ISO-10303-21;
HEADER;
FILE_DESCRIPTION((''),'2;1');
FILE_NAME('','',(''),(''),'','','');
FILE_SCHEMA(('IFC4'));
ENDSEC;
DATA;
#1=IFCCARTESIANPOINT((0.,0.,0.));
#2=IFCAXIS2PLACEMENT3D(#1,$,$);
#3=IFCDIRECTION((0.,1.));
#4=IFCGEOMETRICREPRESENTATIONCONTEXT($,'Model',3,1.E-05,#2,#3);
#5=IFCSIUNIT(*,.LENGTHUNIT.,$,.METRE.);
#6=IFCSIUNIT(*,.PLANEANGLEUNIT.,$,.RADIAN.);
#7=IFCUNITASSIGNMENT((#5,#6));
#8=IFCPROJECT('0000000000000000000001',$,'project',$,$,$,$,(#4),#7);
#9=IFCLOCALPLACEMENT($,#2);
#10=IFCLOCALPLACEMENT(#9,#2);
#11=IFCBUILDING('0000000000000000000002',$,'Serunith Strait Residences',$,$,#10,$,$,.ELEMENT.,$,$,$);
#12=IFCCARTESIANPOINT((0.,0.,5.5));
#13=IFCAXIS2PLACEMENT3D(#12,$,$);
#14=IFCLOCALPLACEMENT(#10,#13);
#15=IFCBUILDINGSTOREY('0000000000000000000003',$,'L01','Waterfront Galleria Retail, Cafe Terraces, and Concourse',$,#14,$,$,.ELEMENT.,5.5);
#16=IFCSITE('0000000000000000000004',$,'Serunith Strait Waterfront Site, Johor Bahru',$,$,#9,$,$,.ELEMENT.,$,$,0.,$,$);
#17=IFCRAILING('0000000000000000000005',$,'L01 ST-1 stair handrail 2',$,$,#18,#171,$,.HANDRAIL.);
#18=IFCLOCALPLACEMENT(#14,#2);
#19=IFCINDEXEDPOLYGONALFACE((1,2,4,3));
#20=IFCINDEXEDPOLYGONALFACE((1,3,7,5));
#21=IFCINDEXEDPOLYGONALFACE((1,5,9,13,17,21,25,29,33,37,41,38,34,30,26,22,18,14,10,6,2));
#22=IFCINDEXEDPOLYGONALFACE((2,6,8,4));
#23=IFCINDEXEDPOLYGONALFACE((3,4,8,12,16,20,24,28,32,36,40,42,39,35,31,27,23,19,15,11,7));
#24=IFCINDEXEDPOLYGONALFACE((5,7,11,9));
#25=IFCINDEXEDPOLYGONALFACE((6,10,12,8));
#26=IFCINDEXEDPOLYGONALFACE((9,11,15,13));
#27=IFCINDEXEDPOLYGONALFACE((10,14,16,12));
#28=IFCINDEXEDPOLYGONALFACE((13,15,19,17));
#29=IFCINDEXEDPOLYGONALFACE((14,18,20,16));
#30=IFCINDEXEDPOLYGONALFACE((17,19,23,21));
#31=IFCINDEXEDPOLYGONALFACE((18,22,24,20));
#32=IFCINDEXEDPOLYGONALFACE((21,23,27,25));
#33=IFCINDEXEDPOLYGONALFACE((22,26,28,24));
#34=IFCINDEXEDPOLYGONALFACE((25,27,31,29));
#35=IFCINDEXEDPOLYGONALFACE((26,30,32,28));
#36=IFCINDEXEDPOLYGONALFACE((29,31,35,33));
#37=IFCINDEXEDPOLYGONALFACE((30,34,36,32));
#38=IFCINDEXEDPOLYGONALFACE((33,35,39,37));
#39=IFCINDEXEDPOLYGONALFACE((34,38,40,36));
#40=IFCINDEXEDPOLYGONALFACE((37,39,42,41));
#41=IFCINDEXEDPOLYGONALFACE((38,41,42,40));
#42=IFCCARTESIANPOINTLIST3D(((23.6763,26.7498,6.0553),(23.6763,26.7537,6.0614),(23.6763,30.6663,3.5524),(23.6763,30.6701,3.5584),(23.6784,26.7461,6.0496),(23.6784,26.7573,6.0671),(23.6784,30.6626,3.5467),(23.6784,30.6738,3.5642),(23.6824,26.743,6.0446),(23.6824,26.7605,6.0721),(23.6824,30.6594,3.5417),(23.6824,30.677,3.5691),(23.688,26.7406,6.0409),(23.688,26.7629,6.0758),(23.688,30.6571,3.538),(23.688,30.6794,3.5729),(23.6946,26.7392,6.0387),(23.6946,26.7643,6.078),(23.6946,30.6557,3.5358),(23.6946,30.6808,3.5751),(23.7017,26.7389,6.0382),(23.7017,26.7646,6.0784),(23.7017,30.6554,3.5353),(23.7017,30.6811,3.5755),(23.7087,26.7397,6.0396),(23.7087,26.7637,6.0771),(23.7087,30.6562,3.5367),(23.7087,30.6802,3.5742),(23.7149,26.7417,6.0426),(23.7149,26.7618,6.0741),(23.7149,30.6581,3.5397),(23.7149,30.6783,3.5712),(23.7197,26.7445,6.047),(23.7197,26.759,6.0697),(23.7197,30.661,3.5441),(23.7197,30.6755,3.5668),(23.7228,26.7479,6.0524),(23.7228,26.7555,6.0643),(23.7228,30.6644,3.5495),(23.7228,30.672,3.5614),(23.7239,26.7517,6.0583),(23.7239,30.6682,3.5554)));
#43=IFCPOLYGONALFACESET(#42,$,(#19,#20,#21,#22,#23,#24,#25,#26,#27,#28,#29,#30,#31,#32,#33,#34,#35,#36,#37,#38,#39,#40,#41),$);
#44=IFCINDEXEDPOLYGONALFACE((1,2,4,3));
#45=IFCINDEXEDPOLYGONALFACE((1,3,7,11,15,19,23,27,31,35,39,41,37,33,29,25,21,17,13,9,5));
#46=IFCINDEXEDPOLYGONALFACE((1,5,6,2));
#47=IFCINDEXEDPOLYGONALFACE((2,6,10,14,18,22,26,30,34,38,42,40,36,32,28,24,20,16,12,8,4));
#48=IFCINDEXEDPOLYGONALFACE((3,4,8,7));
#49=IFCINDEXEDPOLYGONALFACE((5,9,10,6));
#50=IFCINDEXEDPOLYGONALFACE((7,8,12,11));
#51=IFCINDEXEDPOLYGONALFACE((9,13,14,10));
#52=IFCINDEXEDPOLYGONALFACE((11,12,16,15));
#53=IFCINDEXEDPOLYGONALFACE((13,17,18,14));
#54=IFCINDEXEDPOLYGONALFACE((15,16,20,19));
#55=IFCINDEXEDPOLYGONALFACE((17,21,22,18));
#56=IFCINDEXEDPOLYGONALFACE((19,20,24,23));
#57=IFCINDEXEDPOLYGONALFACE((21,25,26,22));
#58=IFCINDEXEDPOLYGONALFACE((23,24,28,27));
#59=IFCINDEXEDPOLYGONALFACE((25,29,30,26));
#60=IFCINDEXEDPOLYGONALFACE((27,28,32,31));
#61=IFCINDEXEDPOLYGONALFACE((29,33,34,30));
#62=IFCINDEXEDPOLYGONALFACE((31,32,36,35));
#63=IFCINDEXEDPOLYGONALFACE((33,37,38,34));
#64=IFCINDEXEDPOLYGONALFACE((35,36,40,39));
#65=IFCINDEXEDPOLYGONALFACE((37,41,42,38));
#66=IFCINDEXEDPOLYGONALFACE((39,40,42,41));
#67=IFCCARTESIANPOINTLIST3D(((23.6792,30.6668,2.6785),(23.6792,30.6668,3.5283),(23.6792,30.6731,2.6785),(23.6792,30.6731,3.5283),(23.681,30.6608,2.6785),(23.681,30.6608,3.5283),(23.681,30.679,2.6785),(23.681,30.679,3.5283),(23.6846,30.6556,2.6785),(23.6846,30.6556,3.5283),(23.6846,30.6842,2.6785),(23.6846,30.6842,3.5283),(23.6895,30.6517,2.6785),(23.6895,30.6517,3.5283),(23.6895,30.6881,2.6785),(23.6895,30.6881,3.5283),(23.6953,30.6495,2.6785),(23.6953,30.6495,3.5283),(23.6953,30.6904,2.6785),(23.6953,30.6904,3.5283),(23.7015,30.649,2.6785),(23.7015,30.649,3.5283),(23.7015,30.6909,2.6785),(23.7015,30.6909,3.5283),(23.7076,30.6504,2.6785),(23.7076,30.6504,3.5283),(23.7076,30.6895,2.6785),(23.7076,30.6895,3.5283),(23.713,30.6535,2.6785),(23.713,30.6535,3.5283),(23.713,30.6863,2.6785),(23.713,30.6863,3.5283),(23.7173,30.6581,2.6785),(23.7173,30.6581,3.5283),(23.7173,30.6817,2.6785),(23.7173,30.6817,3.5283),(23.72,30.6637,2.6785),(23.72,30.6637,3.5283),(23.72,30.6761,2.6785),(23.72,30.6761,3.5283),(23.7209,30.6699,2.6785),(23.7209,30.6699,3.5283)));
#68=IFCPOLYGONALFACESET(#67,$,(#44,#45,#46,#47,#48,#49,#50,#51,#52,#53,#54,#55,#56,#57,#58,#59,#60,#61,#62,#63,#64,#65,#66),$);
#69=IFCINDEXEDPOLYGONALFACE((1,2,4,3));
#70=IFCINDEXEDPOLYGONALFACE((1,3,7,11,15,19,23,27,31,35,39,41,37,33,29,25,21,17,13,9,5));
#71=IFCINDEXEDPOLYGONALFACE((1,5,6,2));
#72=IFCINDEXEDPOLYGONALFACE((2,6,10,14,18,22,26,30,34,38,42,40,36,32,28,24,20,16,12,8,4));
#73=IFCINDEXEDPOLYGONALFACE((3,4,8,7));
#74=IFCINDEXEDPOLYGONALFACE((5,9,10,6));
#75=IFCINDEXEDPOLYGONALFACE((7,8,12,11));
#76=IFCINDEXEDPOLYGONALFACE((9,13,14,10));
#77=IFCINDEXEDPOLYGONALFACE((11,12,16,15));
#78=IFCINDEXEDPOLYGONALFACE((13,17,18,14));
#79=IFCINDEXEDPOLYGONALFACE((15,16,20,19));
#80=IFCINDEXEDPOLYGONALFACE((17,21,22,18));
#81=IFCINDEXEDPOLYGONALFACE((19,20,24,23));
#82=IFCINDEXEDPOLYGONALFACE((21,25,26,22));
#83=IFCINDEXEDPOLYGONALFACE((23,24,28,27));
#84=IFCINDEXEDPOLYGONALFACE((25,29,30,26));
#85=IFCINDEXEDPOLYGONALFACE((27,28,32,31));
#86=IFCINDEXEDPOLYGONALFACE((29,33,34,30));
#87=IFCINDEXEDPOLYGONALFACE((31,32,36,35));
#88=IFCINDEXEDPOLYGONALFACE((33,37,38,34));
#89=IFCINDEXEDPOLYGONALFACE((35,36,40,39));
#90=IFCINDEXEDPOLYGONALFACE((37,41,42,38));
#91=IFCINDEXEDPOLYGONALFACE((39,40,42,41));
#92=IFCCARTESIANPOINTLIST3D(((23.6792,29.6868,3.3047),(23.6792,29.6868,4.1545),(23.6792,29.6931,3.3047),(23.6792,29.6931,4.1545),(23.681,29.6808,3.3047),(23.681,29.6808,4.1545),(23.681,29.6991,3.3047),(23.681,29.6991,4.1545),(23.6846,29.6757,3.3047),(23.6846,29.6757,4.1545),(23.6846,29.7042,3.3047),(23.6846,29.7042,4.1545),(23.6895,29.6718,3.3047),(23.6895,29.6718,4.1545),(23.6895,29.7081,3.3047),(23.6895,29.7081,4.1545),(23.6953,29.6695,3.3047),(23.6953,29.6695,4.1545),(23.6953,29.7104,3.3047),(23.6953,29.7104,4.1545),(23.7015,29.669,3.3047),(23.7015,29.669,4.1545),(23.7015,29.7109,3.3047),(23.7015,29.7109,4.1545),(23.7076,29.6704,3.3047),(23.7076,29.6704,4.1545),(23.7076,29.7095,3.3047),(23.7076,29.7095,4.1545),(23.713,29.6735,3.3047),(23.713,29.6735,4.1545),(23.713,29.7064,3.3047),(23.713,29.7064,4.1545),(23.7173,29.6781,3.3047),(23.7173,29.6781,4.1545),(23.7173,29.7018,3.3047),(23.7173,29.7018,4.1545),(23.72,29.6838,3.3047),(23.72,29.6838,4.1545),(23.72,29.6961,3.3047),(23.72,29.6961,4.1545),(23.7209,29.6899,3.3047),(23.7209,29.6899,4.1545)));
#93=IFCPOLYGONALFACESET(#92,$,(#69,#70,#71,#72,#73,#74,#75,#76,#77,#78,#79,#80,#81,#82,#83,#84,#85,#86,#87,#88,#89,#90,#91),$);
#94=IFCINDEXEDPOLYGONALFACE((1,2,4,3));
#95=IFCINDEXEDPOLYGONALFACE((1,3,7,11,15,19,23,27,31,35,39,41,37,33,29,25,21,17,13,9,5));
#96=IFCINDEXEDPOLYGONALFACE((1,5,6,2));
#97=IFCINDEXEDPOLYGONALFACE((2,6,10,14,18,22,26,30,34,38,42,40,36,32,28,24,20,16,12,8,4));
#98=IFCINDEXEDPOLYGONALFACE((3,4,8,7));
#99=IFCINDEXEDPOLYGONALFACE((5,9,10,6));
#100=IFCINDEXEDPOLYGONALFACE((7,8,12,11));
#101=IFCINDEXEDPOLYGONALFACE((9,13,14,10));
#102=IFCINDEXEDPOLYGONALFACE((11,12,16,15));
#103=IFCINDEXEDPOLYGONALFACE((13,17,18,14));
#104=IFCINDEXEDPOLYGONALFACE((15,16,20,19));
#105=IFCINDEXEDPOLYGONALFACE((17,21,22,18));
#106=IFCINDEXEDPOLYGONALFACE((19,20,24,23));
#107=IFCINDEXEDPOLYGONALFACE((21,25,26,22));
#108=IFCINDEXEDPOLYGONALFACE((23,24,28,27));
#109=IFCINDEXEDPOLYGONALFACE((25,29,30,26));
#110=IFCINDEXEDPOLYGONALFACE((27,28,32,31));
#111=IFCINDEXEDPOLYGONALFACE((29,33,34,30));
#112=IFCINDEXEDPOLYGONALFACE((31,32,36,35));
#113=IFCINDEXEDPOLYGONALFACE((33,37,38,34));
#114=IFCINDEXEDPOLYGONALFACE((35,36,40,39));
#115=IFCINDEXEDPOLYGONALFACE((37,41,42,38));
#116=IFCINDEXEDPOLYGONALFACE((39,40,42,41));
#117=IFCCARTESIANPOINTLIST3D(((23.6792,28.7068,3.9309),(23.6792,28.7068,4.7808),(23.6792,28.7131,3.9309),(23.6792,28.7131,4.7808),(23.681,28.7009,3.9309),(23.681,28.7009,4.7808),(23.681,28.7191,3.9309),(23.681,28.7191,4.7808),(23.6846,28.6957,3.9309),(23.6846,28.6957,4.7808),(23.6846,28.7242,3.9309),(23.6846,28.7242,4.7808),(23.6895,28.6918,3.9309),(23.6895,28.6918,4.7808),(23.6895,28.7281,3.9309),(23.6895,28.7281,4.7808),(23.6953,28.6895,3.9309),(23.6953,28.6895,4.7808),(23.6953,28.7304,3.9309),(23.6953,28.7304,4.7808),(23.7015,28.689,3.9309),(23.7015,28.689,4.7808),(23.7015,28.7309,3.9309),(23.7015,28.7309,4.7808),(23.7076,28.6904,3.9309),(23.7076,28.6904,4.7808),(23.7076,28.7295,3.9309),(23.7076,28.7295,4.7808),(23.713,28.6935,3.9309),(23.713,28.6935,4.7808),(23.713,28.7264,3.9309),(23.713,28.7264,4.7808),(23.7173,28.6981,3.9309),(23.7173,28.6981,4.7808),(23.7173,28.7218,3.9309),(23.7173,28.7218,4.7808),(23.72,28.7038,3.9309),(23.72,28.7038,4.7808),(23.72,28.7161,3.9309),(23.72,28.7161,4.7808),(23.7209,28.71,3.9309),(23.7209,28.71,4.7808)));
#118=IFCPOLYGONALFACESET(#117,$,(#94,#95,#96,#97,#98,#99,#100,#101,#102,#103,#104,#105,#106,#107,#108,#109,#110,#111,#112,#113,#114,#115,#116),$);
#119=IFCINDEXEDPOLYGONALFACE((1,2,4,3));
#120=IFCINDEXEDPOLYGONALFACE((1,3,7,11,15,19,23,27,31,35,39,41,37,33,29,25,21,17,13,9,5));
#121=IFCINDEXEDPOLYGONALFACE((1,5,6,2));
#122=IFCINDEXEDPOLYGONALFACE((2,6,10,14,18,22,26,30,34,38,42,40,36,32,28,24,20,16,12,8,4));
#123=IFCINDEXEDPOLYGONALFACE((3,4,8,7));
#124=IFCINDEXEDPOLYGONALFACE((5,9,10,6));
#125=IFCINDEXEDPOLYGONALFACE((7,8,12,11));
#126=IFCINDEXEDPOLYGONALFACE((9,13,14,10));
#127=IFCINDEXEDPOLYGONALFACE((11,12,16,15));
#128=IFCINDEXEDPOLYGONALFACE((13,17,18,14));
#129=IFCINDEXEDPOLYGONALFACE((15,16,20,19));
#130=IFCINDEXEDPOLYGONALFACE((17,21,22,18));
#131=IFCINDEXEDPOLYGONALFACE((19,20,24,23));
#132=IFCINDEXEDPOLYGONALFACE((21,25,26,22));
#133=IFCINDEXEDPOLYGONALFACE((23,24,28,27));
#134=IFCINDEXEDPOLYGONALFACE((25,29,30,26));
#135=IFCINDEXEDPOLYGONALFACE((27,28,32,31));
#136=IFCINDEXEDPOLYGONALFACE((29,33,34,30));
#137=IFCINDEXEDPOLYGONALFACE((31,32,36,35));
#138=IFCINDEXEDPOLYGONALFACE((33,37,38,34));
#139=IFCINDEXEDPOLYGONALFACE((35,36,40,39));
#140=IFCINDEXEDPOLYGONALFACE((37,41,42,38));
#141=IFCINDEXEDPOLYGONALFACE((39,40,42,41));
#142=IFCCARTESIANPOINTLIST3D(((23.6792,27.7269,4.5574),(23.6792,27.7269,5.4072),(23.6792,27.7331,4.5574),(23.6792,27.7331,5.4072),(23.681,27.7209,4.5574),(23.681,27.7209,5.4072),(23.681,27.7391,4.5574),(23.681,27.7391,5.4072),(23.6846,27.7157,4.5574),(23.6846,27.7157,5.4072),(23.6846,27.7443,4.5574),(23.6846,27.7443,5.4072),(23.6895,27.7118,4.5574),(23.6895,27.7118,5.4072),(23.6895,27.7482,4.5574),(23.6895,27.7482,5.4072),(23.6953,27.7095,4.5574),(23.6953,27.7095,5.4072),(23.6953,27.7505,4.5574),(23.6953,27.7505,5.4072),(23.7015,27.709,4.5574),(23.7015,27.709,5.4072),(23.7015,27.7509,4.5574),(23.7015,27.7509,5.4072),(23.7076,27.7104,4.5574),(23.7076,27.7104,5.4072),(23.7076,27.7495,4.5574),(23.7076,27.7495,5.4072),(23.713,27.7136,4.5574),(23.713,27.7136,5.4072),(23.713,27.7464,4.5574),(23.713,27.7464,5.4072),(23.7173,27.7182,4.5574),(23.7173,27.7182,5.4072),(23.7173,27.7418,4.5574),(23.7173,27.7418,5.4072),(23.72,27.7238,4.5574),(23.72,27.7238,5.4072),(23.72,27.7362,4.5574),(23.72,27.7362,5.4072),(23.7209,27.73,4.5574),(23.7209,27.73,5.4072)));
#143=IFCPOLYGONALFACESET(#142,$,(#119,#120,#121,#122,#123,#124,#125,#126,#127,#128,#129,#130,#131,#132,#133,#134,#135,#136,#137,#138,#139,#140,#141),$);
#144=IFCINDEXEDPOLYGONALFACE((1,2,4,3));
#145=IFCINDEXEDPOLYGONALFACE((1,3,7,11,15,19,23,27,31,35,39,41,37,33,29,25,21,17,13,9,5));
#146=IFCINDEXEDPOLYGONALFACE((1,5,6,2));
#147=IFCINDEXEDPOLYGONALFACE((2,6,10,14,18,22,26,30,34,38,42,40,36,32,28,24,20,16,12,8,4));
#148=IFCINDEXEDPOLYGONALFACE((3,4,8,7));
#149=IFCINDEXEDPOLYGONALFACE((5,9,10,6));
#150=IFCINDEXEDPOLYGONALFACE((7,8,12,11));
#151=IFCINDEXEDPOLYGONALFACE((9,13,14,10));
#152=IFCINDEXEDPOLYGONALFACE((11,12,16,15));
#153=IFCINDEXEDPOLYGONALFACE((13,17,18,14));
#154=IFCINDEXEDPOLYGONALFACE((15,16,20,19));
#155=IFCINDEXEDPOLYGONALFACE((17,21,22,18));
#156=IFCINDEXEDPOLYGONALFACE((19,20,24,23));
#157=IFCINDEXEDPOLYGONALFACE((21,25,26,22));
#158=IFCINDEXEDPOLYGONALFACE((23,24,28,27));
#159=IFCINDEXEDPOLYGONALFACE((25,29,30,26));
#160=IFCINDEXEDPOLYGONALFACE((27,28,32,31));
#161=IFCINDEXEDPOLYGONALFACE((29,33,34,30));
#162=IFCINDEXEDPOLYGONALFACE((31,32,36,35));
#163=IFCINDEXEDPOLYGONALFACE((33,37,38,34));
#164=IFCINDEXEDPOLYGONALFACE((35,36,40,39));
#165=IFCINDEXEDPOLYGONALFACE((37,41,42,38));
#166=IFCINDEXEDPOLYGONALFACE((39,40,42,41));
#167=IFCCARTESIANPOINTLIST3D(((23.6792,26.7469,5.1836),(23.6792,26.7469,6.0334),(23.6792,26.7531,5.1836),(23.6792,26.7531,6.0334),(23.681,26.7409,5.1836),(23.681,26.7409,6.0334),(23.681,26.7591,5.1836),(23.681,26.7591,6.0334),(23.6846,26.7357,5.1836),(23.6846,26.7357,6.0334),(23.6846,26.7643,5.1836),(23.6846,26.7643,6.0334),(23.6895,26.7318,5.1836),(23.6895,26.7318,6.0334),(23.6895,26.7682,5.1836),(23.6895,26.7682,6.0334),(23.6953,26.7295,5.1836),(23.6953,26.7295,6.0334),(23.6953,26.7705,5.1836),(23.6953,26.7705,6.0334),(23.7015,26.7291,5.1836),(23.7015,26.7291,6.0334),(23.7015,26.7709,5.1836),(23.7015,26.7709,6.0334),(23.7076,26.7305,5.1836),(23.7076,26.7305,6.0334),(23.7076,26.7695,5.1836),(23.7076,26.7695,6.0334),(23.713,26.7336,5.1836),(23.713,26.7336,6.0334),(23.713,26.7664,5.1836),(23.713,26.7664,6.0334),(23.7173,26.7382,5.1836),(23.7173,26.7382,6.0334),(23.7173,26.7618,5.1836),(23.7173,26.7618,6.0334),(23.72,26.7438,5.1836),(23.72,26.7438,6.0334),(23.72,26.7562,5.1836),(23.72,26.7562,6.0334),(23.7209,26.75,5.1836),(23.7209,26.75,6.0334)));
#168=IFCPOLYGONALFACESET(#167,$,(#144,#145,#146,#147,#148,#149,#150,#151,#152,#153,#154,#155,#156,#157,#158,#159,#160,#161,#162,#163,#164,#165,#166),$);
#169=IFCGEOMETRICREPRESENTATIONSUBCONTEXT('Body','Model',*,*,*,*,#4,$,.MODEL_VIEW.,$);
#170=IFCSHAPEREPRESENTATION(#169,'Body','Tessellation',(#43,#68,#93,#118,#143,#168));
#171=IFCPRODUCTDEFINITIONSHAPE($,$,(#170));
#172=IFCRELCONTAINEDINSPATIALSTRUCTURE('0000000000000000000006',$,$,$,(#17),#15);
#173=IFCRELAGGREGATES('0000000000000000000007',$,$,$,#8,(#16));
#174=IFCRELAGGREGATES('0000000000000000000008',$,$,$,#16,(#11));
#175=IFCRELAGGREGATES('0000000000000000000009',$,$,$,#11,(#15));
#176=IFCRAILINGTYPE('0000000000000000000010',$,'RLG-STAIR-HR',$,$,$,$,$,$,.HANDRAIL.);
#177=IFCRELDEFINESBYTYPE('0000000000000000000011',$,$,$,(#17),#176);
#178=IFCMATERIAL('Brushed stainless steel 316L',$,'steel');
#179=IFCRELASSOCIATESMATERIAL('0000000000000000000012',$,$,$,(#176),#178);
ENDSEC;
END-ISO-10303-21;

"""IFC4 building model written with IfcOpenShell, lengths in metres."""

from ifc_helpers import new_model, si_unit, direction, frame, origin, origin_2d, place, context, subcontext, project, spatial, circle, extrude, material, type_object, element, save


model = new_model("IFC4")

# Units and contexts
model_context = context("Model", 3, precision=1e-05, world=origin(), true_north=direction((0.0, 1.0)))
body_context = subcontext(model_context, "Body", "Model", "MODEL_VIEW")
ifc_project = project(units=[si_unit("LENGTHUNIT", "METRE"), si_unit("PLANEANGLEUNIT", "RADIAN")], contexts=[model_context])

# Site, building, storey
site_placement = place(None, origin())
site = spatial("IfcSite", under=ifc_project, at=site_placement, Name="Serunith Strait Waterfront Site, Johor Bahru", CompositionType="ELEMENT", RefElevation=0.0)
building_placement = place(site_placement, origin())
building = spatial("IfcBuilding", under=site, at=building_placement, Name="Serunith Strait Residences", CompositionType="ELEMENT")
storey_placement = place(building_placement, frame((0.0, 0.0, 5.5)))
storey = spatial("IfcBuildingStorey", under=building, at=storey_placement, Name="L01", Description="Waterfront Galleria Retail, Cafe Terraces, and Concourse", CompositionType="ELEMENT", Elevation=5.5)

# Railing
ifc_material_1 = material(Name="Brushed stainless steel 316L", Category="steel")
railing_type_1 = type_object("IfcRailingType", Name="RLG-STAIR-HR", PredefinedType="HANDRAIL", material=ifc_material_1)
railing_1_placement = place(storey_placement, frame((23.7, 30.6699, 2.6785)))
element("IfcRailing", 1, at=railing_1_placement, inside=storey, type_object=railing_type_1, Name="L01 ST-1 stair handrail 2", PredefinedType="HANDRAIL", context=body_context, shape_type="SweptSolid", body=[
    extrude(circle(Radius=0.0239, at=origin_2d()), frame((0.0, -0.0017, 0.877), z_axis=(0.0, -0.842625, 0.538501), x_axis=(1.0, 0.0, 0.0)), (0.0, 0.0, 1.0), 4.6479),
    extrude(circle(Radius=0.021, at=origin_2d()), origin(), (0.0, 0.0, 1.0), 0.8499),
    extrude(circle(Radius=0.021, at=origin_2d()), frame((0.0, -0.98, 0.6262)), (0.0, 0.0, 1.0), 0.8499),
    extrude(circle(Radius=0.021, at=origin_2d()), frame((0.0, -1.96, 1.2524)), (0.0, 0.0, 1.0), 0.8499),
    extrude(circle(Radius=0.021, at=origin_2d()), frame((0.0, -2.9399, 1.8789)), (0.0, 0.0, 1.0), 0.8499),
    extrude(circle(Radius=0.021, at=origin_2d()), frame((0.0, -3.9199, 2.5051)), (0.0, 0.0, 1.0), 0.8499),
])

save(model, "model.ifc")
